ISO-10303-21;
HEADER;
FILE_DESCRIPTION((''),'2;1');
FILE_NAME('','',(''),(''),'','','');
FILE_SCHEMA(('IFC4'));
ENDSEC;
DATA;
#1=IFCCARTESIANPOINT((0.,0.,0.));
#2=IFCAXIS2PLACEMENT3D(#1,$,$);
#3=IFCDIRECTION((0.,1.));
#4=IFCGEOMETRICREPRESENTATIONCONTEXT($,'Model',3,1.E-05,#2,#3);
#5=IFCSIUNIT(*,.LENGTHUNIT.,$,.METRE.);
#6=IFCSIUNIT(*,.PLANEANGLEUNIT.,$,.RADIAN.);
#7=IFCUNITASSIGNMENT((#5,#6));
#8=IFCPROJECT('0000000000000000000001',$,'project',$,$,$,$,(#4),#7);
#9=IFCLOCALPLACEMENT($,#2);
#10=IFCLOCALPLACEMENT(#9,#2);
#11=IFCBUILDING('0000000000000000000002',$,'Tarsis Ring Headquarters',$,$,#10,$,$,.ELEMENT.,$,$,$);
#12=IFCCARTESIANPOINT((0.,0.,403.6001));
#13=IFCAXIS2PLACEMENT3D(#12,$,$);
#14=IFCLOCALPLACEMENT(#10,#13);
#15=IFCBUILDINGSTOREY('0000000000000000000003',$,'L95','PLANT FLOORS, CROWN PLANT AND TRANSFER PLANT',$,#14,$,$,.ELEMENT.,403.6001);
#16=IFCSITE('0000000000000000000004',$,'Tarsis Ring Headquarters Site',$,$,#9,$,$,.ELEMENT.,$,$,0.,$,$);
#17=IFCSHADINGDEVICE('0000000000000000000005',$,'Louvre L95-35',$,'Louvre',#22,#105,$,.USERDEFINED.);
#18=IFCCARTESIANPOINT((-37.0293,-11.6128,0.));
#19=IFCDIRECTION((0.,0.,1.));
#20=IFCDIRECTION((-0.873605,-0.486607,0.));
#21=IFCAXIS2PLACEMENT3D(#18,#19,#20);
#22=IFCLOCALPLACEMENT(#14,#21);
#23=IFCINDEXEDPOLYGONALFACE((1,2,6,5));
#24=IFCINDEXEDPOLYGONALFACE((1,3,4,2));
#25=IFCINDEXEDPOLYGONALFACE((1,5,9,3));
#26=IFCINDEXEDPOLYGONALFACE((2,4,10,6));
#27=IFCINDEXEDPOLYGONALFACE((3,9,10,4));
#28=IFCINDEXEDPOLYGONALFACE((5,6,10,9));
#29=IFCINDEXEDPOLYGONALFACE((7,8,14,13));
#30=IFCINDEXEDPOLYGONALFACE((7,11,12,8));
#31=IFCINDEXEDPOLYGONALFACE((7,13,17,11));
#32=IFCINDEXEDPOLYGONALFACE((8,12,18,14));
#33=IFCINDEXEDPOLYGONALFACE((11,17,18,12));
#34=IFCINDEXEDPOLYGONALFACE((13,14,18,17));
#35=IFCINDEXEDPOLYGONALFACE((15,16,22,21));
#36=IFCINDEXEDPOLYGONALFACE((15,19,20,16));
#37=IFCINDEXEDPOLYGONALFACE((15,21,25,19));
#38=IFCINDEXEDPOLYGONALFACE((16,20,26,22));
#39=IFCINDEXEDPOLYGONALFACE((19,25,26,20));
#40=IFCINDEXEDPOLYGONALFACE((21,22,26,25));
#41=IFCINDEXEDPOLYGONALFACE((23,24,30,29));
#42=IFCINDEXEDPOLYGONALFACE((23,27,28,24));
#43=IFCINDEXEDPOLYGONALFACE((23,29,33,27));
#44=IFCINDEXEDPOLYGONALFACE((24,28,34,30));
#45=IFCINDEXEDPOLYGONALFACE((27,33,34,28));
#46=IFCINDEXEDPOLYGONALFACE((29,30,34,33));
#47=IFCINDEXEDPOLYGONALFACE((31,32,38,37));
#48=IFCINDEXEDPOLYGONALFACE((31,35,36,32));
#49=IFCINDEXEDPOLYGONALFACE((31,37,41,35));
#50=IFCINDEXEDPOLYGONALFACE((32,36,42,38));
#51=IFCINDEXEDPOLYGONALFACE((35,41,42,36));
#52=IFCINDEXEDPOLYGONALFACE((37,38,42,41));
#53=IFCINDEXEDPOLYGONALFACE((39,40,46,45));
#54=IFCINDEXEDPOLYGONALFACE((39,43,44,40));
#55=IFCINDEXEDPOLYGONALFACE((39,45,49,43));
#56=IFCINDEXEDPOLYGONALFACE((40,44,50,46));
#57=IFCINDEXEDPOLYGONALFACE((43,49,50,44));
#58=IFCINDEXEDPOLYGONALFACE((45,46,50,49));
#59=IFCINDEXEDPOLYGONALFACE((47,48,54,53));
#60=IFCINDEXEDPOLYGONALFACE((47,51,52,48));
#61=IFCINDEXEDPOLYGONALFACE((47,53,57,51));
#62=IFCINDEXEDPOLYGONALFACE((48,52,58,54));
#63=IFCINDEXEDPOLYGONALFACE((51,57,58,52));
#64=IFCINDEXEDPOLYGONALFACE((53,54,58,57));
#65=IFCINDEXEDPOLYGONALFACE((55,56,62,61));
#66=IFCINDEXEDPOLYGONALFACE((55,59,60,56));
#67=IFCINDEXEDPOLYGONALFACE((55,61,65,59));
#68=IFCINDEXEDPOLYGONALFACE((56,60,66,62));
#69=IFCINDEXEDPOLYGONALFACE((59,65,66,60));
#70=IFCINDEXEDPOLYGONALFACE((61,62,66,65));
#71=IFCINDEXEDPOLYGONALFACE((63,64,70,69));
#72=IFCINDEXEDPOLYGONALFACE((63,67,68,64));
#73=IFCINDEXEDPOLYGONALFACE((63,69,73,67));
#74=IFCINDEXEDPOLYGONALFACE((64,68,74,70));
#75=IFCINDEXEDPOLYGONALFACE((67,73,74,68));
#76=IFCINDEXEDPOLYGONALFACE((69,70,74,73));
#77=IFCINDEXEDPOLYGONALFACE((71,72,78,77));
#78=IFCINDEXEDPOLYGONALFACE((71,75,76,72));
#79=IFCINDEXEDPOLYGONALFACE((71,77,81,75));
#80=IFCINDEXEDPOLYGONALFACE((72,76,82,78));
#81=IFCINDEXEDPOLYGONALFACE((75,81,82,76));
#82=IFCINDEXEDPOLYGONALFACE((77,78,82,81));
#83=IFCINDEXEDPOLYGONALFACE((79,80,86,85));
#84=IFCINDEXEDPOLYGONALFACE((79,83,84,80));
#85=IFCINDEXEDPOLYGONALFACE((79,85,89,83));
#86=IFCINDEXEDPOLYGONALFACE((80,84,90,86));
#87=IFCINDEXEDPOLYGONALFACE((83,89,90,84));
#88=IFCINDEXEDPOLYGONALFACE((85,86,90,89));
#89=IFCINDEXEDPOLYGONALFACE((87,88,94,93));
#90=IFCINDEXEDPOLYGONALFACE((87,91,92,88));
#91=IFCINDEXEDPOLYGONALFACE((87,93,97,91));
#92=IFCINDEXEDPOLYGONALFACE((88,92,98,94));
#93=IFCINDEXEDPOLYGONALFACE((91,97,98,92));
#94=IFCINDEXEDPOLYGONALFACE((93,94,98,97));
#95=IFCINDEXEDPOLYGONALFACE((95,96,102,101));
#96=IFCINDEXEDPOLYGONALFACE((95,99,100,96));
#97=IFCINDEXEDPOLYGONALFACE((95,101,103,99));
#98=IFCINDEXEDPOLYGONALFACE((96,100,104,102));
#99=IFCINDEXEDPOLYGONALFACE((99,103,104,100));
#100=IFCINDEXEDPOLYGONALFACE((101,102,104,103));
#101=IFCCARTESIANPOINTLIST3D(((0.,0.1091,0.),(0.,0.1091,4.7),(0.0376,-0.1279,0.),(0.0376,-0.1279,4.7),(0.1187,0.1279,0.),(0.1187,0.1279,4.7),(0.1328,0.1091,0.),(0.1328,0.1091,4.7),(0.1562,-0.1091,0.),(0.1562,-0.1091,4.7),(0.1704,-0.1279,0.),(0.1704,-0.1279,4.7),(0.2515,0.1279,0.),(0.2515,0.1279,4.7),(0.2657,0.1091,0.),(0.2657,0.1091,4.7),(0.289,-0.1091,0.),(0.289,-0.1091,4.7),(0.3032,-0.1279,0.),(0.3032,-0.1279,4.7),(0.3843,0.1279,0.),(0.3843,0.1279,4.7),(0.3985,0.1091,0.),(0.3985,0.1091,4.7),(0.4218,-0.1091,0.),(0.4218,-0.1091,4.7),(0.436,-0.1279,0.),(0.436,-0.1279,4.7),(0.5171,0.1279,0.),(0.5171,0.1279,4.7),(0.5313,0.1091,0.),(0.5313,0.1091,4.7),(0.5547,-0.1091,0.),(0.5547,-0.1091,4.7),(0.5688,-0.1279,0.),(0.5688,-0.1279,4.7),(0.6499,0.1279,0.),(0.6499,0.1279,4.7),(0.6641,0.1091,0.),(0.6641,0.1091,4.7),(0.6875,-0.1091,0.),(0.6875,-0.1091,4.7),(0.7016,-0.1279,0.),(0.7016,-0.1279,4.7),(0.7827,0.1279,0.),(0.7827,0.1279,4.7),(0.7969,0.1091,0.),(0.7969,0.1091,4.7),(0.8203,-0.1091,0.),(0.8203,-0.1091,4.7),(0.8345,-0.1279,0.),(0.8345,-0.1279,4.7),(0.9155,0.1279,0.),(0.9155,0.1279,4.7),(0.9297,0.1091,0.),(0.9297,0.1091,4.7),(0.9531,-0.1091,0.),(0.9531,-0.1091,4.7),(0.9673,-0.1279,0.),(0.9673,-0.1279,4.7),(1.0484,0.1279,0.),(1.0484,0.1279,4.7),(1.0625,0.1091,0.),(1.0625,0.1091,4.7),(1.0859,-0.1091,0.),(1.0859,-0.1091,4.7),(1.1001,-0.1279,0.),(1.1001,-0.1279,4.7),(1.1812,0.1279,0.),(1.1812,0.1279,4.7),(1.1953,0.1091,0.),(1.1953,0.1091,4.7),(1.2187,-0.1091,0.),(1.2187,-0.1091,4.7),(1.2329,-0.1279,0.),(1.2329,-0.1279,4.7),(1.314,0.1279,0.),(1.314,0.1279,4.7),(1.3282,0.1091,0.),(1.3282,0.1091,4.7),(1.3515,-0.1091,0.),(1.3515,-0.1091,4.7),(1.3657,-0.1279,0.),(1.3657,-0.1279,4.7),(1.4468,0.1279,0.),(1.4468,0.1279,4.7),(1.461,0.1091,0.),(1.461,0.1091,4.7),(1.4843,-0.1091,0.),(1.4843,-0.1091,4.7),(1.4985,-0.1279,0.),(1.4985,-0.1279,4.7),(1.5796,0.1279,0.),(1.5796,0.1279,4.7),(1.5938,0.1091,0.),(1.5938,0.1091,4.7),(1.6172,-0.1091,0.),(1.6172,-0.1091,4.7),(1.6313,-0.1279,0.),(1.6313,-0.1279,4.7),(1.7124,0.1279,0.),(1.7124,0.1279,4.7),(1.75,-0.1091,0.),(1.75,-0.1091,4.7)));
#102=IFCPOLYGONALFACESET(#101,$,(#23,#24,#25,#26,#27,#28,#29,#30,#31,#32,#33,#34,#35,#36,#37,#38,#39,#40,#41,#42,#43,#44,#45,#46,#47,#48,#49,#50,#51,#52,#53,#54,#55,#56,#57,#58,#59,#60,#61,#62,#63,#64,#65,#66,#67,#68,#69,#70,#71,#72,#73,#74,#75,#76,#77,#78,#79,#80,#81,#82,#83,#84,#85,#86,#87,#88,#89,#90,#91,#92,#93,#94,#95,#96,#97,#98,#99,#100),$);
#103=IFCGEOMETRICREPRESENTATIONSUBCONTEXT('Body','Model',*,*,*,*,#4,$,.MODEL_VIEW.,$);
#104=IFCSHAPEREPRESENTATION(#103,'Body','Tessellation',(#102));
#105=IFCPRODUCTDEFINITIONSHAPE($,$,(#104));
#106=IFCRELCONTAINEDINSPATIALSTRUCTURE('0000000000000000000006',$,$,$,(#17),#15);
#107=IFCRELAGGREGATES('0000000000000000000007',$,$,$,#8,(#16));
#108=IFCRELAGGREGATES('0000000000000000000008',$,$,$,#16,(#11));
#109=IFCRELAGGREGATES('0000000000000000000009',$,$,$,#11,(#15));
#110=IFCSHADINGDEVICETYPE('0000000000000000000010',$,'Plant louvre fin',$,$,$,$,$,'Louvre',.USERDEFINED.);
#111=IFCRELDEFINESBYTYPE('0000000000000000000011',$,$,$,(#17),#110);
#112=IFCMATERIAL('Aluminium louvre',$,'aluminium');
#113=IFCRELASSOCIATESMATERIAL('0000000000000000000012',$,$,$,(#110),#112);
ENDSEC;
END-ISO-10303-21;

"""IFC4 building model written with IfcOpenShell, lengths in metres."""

from ifc_helpers import new_model, si_unit, direction, frame, frame_2d, origin, place, context, subcontext, project, spatial, rectangle, composite_profile, extrude, material, type_object, element, save


model = new_model("IFC4")

# Units and contexts
model_context = context("Model", 3, precision=1e-05, world=origin(), true_north=direction((0.0, 1.0)))
body_context = subcontext(model_context, "Body", "Model", "MODEL_VIEW")
ifc_project = project(units=[si_unit("LENGTHUNIT", "METRE"), si_unit("PLANEANGLEUNIT", "RADIAN")], contexts=[model_context])

# Site, building, storey
site_placement = place(None, origin())
site = spatial("IfcSite", under=ifc_project, at=site_placement, Name="Tarsis Ring Headquarters Site", CompositionType="ELEMENT", RefElevation=0.0)
building_placement = place(site_placement, origin())
building = spatial("IfcBuilding", under=site, at=building_placement, Name="Tarsis Ring Headquarters", CompositionType="ELEMENT")
storey_placement = place(building_placement, frame((0.0, 0.0, 403.6001)))
storey = spatial("IfcBuildingStorey", under=building, at=storey_placement, Name="L95", Description="PLANT FLOORS, CROWN PLANT AND TRANSFER PLANT", CompositionType="ELEMENT", Elevation=403.6001)

# Shading device
ifc_material_1 = material(Name="Aluminium louvre", Category="aluminium")
shading_device_type_1 = type_object("IfcShadingDeviceType", Name="Plant louvre fin", ElementType="Louvre", PredefinedType="USERDEFINED", material=ifc_material_1)
for number, where, z_axis, x_axis, name in (
    (1, (-37.0293, -11.6128, 0.0), (0.0, 0.0, 1.0), (-0.873605, -0.486607, 0.0), "Louvre L95-35"),
):
    element("IfcShadingDevice", number, at=place(storey_placement, frame(where, z_axis=z_axis, x_axis=x_axis)), inside=storey, type_object=shading_device_type_1, Name=name, ObjectType="Louvre", PredefinedType="USERDEFINED", context=body_context, shape_type="SweptSolid", body=[
        extrude(composite_profile([rectangle(XDim=0.1201, YDim=0.24, at=frame_2d((0.0781, 0.0), x_axis=(0.987688, 0.156434))), rectangle(XDim=0.1201, YDim=0.24, at=frame_2d((0.2109, 0.0), x_axis=(0.987688, 0.156434))), rectangle(XDim=0.1201, YDim=0.24, at=frame_2d((0.3438, 0.0), x_axis=(0.987688, 0.156434))), rectangle(XDim=0.1201, YDim=0.24, at=frame_2d((0.4766, 0.0), x_axis=(0.987688, 0.156434))), rectangle(XDim=0.1201, YDim=0.24, at=frame_2d((0.6094, 0.0), x_axis=(0.987688, 0.156434))), rectangle(XDim=0.1201, YDim=0.24, at=frame_2d((0.7422, 0.0), x_axis=(0.987688, 0.156434))), rectangle(XDim=0.1201, YDim=0.24, at=frame_2d((0.875, 0.0), x_axis=(0.987688, 0.156434))), rectangle(XDim=0.1201, YDim=0.24, at=frame_2d((1.0078, 0.0), x_axis=(0.987688, 0.156434))), rectangle(XDim=0.1201, YDim=0.24, at=frame_2d((1.1406, 0.0), x_axis=(0.987688, 0.156434))), rectangle(XDim=0.1201, YDim=0.24, at=frame_2d((1.2734, 0.0), x_axis=(0.987688, 0.156434))), rectangle(XDim=0.1201, YDim=0.24, at=frame_2d((1.4062, 0.0), x_axis=(0.987688, 0.156434))), rectangle(XDim=0.1201, YDim=0.24, at=frame_2d((1.5391, 0.0), x_axis=(0.987688, 0.156434))), rectangle(XDim=0.1201, YDim=0.24, at=frame_2d((1.6719, 0.0), x_axis=(0.987688, 0.156434)))]), origin(), (0.0, 0.0, 1.0), 4.7),
    ])

save(model, "model.ifc")
